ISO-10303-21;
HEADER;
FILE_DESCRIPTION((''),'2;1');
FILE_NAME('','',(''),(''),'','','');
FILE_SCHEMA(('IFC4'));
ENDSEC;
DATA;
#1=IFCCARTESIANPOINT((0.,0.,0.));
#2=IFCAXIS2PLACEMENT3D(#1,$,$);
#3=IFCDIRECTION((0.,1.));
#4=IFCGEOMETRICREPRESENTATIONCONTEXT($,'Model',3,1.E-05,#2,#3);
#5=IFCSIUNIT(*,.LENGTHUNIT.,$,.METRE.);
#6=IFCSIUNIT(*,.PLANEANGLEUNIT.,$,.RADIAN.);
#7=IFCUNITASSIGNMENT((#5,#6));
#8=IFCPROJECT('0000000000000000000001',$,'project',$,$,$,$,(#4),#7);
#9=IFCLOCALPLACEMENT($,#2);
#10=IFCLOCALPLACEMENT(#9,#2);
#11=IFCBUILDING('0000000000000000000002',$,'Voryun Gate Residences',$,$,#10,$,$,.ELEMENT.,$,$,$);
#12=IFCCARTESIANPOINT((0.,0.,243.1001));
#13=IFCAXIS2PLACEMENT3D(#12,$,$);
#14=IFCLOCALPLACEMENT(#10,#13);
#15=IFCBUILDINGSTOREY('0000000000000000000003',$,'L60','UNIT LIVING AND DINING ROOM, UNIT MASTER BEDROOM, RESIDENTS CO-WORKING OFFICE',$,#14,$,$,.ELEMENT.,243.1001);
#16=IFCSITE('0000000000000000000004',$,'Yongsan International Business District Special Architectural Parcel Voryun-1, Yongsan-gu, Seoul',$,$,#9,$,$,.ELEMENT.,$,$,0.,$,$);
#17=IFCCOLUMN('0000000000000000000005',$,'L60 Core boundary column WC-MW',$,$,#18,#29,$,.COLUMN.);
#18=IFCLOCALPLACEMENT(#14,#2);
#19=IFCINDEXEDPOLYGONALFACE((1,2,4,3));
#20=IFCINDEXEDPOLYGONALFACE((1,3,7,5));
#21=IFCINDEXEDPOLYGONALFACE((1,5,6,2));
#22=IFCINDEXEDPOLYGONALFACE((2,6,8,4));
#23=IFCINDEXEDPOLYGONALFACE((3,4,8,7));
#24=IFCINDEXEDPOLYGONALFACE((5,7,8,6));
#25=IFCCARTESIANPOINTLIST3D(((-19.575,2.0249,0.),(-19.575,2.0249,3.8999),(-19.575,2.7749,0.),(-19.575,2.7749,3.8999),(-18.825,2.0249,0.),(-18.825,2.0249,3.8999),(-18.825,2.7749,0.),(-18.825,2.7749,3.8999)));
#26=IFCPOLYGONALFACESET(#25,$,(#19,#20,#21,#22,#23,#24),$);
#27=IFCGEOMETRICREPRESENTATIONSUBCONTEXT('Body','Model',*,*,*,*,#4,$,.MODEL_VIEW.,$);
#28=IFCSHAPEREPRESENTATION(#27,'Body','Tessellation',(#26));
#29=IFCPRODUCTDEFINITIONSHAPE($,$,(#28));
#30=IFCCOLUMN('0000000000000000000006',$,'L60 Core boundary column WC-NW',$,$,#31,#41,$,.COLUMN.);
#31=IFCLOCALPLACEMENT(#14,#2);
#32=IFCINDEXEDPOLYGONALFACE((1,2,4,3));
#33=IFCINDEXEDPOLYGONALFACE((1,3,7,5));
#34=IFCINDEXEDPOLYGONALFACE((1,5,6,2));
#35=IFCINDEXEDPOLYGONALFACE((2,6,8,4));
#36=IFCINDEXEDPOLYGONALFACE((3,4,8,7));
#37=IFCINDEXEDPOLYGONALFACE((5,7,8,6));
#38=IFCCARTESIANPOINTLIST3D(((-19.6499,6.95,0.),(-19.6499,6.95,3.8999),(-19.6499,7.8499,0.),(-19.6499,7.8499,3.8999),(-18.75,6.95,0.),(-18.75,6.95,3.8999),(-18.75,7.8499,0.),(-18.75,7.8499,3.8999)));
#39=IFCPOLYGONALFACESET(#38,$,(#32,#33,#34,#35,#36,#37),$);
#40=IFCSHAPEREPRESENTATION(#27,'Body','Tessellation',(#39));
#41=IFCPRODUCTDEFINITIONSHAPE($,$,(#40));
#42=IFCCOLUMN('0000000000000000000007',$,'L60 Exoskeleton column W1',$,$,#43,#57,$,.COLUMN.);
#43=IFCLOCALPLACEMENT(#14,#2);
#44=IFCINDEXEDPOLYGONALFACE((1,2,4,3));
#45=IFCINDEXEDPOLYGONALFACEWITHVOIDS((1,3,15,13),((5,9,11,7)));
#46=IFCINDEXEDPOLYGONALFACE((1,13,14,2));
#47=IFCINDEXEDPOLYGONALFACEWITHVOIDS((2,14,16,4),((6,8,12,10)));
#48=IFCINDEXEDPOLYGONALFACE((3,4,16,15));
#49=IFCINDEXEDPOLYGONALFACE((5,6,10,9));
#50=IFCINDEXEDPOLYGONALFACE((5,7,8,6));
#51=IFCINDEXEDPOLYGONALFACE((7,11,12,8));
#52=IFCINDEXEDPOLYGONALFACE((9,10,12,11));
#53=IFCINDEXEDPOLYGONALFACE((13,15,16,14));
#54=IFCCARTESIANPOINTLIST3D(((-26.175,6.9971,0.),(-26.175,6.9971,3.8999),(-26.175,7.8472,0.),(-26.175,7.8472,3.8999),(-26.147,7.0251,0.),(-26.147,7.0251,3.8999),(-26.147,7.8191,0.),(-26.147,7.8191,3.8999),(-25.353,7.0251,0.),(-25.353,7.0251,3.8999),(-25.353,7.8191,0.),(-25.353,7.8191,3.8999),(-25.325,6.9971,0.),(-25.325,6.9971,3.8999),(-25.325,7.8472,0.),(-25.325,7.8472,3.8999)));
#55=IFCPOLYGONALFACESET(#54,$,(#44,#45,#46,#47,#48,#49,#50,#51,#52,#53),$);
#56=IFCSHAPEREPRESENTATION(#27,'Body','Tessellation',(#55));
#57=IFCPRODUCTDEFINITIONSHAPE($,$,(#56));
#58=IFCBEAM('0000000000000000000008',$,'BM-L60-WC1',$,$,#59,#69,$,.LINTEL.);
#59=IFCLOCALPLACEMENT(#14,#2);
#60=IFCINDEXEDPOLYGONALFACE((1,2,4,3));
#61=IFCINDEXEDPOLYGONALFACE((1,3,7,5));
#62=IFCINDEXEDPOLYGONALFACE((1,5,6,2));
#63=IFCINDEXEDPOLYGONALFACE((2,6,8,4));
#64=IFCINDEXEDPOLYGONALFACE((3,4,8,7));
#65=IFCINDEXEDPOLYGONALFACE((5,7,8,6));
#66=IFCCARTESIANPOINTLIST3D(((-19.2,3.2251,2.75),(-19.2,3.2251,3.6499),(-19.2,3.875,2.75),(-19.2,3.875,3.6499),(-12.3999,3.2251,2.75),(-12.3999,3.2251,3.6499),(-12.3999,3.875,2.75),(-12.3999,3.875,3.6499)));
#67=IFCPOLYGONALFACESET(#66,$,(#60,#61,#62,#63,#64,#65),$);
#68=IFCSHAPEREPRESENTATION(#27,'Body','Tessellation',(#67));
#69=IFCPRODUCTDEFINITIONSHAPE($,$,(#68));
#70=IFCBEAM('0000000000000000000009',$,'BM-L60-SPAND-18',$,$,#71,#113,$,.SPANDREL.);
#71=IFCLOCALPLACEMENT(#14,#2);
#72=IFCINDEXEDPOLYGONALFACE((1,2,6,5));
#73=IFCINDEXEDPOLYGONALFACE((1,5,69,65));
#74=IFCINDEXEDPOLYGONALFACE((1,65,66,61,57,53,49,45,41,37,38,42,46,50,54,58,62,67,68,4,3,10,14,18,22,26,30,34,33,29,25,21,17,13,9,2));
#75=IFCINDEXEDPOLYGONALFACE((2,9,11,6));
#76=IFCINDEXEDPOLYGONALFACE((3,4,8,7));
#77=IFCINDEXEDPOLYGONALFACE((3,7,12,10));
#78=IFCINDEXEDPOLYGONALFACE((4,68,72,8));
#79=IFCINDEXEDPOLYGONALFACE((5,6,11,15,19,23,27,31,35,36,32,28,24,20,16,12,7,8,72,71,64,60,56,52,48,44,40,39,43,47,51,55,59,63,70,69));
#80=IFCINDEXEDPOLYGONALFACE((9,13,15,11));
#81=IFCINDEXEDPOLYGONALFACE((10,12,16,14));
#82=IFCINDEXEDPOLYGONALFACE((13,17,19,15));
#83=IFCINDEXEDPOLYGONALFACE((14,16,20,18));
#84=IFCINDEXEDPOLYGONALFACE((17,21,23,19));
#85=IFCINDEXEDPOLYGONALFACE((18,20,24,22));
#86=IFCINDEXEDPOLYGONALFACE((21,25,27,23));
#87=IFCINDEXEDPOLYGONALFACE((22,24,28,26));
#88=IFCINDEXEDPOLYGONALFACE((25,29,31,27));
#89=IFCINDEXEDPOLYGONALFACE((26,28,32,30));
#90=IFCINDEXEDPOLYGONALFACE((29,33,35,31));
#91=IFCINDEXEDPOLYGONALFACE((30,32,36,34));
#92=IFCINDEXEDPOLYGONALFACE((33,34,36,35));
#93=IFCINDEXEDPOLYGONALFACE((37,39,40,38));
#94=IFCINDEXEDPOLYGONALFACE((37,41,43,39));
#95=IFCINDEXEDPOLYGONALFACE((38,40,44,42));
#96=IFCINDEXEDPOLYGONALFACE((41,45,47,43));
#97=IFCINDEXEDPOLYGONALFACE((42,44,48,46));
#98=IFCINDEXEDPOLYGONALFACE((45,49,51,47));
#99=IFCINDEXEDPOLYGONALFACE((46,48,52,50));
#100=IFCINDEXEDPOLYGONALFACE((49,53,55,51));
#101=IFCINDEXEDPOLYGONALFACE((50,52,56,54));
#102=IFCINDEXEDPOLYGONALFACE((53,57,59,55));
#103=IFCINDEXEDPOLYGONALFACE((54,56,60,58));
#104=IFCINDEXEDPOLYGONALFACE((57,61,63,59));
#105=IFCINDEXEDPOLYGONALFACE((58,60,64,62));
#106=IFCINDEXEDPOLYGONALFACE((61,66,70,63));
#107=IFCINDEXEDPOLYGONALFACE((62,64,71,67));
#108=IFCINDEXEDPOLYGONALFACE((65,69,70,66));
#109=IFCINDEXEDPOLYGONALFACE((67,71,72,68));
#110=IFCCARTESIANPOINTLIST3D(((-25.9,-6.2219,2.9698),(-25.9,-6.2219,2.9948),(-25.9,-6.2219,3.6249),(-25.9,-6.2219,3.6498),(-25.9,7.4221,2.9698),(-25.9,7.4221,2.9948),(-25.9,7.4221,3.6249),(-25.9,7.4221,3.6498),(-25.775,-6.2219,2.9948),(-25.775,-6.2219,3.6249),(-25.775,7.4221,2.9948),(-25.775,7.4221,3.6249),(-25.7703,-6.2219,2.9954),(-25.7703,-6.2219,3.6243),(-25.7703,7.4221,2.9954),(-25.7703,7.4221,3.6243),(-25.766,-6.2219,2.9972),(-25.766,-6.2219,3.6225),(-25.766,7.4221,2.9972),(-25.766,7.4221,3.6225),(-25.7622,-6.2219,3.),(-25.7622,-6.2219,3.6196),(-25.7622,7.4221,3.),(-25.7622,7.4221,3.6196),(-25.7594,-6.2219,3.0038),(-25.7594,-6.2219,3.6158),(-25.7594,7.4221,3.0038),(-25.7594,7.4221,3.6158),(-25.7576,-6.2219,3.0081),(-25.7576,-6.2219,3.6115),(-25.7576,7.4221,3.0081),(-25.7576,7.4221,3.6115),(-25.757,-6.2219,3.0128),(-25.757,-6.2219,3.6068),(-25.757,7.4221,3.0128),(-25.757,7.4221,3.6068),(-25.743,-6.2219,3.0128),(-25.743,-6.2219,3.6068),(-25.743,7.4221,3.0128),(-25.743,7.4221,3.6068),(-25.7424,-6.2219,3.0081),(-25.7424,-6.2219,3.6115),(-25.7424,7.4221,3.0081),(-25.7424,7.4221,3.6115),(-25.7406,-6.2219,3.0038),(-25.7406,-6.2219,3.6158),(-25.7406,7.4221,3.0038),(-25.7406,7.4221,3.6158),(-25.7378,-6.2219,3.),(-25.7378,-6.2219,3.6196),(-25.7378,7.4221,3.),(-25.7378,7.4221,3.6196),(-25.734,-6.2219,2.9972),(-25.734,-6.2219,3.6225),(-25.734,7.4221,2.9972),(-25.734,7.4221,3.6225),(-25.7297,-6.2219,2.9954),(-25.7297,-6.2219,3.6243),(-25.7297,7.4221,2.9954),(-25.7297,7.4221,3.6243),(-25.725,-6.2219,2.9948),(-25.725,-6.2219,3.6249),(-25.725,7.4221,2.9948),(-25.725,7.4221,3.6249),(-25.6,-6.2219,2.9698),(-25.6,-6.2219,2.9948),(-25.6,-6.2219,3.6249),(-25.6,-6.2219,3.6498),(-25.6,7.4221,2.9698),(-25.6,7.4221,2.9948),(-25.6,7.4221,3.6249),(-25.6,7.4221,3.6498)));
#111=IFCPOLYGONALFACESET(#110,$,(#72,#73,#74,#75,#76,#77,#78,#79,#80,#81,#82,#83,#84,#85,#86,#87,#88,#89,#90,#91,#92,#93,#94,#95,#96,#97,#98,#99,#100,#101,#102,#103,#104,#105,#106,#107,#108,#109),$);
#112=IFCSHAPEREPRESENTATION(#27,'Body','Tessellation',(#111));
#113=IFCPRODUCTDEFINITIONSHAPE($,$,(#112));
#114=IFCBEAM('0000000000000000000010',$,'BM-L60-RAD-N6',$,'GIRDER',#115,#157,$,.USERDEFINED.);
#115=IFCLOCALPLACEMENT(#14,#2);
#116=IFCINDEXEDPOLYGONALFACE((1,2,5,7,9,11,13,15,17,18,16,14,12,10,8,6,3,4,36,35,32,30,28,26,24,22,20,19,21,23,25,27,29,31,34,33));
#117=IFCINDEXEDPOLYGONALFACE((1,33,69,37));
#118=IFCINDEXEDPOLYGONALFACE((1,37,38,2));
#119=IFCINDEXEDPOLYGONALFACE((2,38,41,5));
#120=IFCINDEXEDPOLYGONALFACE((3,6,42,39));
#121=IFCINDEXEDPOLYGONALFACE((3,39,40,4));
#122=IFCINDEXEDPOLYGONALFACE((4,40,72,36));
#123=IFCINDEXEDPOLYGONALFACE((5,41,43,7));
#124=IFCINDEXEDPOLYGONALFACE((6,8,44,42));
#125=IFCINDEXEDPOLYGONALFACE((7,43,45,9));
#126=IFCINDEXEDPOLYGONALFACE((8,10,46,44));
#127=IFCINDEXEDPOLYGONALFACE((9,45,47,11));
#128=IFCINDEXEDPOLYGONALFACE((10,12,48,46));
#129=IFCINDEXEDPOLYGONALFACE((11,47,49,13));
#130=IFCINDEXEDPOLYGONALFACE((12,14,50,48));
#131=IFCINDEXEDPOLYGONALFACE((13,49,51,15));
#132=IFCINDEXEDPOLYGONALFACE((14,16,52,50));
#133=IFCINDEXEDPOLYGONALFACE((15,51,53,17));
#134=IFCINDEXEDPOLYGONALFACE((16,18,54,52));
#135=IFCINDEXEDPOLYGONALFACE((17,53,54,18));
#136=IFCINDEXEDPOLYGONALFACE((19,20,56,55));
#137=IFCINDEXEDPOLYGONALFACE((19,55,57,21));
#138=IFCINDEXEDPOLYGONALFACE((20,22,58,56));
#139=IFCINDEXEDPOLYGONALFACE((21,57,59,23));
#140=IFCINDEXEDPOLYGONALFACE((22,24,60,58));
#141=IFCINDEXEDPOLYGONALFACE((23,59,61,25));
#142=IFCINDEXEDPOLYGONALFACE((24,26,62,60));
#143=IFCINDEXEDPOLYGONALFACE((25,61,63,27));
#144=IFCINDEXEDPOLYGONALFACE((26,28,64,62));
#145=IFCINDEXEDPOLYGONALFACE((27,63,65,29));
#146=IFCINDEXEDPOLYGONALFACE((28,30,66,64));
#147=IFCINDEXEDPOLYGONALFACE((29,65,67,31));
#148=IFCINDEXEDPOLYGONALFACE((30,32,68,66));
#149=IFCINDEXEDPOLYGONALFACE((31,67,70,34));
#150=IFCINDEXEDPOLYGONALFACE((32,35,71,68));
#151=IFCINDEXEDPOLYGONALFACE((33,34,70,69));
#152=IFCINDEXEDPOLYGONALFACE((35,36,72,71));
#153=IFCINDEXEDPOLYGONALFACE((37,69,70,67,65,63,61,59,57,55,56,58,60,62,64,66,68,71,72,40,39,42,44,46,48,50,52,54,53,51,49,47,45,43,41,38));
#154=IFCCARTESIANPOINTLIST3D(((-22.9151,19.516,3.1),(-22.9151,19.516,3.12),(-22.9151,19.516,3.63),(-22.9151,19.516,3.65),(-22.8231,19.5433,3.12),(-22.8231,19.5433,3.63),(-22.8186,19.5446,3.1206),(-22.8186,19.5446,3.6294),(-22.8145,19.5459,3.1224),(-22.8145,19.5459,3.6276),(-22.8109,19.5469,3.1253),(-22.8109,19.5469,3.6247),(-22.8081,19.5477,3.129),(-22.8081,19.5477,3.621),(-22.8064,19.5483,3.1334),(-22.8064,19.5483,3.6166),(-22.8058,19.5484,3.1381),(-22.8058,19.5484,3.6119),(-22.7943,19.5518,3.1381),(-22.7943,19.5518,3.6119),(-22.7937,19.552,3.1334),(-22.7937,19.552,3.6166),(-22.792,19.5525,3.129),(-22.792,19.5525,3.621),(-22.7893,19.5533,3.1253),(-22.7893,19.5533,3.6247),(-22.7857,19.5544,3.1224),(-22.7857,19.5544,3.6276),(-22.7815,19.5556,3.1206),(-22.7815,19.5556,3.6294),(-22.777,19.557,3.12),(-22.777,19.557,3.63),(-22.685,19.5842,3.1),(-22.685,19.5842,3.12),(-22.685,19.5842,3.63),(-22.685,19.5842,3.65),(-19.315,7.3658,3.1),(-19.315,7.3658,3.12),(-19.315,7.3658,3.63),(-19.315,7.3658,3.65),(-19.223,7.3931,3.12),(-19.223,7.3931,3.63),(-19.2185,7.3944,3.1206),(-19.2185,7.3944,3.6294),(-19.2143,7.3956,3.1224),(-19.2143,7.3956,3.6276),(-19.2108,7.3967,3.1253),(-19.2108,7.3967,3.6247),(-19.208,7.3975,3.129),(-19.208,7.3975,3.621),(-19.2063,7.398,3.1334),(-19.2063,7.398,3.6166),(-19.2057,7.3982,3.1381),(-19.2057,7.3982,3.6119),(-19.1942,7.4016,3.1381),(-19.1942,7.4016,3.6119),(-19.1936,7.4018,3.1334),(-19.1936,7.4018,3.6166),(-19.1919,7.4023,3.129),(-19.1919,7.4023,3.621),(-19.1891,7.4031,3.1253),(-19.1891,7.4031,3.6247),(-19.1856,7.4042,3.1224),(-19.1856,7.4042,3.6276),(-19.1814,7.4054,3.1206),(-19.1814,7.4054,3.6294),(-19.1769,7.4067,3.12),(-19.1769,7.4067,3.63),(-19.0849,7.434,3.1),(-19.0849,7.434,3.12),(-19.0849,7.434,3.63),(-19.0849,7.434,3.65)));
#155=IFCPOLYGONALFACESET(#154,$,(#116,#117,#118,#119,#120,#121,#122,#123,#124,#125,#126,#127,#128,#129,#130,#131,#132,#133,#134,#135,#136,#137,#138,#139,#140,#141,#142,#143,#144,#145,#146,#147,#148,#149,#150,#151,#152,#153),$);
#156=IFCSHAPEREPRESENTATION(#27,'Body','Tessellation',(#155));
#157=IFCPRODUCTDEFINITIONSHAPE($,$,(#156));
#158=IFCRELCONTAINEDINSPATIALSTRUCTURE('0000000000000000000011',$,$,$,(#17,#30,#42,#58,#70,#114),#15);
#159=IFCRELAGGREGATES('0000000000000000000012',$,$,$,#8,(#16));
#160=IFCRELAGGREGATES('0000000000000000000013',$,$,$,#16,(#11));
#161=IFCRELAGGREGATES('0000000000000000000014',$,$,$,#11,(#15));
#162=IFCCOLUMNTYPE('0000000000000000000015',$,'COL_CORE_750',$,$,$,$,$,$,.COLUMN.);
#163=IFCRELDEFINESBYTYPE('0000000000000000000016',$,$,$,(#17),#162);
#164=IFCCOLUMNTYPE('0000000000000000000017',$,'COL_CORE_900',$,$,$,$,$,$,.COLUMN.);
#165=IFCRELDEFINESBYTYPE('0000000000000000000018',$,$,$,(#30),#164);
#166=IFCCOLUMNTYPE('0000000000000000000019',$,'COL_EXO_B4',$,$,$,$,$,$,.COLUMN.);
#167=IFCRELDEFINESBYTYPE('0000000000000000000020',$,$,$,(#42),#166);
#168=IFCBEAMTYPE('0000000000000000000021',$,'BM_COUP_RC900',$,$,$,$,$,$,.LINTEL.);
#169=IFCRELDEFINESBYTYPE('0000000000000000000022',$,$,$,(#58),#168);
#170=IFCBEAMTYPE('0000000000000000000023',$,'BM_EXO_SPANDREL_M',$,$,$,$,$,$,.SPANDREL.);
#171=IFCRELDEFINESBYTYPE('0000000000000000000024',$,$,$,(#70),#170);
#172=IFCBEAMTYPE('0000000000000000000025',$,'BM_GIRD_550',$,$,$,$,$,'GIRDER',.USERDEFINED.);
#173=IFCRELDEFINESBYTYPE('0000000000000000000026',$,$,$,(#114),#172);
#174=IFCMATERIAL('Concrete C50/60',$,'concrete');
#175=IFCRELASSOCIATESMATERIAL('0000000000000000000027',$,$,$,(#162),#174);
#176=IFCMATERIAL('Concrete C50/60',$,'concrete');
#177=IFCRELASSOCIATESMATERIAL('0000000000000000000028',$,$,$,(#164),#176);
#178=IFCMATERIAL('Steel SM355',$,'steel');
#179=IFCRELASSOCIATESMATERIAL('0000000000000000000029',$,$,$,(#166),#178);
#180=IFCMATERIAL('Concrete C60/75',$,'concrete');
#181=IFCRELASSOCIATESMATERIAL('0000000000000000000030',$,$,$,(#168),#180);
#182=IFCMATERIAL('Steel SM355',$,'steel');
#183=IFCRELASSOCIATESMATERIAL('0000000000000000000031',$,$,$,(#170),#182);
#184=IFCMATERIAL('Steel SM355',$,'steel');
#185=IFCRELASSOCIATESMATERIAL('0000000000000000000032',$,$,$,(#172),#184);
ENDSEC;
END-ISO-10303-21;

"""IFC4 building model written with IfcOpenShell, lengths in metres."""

from ifc_helpers import new_model, si_unit, direction, frame, origin, origin_2d, place, context, subcontext, project, spatial, rectangle, hollow_rectangle, i_section, extrude, material, material_profile, profile_set, type_object, element, save


model = new_model("IFC4")

# Units and contexts
model_context = context("Model", 3, precision=1e-05, world=origin(), true_north=direction((0.0, 1.0)))
body_context = subcontext(model_context, "Body", "Model", "MODEL_VIEW")
ifc_project = project(units=[si_unit("LENGTHUNIT", "METRE"), si_unit("PLANEANGLEUNIT", "RADIAN")], contexts=[model_context])

# Site, building, storey
site_placement = place(None, origin())
site = spatial("IfcSite", under=ifc_project, at=site_placement, Name="Yongsan International Business District Special Architectural Parcel Voryun-1, Yongsan-gu, Seoul", CompositionType="ELEMENT", RefElevation=0.0)
building_placement = place(site_placement, origin())
building = spatial("IfcBuilding", under=site, at=building_placement, Name="Voryun Gate Residences", CompositionType="ELEMENT")
storey_placement = place(building_placement, frame((0.0, 0.0, 243.1001)))
storey = spatial("IfcBuildingStorey", under=building, at=storey_placement, Name="L60", Description="UNIT LIVING AND DINING ROOM, UNIT MASTER BEDROOM, RESIDENTS CO-WORKING OFFICE", CompositionType="ELEMENT", Elevation=243.1001)

# Columns
ifc_material_1 = material(Name="Concrete C50/60", Category="concrete")
ifc_material_profile_1 = material_profile(ifc_material_1, rectangle(XDim=0.75, YDim=0.75, at=origin_2d()), Name="RC-750x750")
ifc_profile_set_1 = profile_set([ifc_material_profile_1], Name="Concrete C50/60")
column_type_1 = type_object("IfcColumnType", Name="COL_CORE_750", PredefinedType="COLUMN", material=ifc_profile_set_1)
column_1_placement = place(storey_placement, frame((-19.2, 2.3999, 0.0), z_axis=(0.0, 0.0, 1.0), x_axis=(1.0, 0.0, 0.0)))
element("IfcColumn", 1, at=column_1_placement, inside=storey, type_object=column_type_1, Name="L60 Core boundary column WC-MW", PredefinedType="COLUMN", context=body_context, shape_type="SweptSolid", body=[
    extrude(rectangle(XDim=0.75, YDim=0.75, at=origin_2d()), origin(), (0.0, 0.0, 1.0), 3.8999),
])
ifc_material_2 = material(Name="Concrete C50/60", Category="concrete")
ifc_material_profile_2 = material_profile(ifc_material_2, rectangle(XDim=0.8999, YDim=0.8999, at=origin_2d()), Name="RC-900x900")
ifc_profile_set_2 = profile_set([ifc_material_profile_2], Name="Concrete C50/60")
column_type_2 = type_object("IfcColumnType", Name="COL_CORE_900", PredefinedType="COLUMN", material=ifc_profile_set_2)
column_2_placement = place(storey_placement, frame((-19.2, 7.3999, 0.0), z_axis=(0.0, 0.0, 1.0), x_axis=(1.0, 0.0, 0.0)))
element("IfcColumn", 2, at=column_2_placement, inside=storey, type_object=column_type_2, Name="L60 Core boundary column WC-NW", PredefinedType="COLUMN", context=body_context, shape_type="SweptSolid", body=[
    extrude(rectangle(XDim=0.8999, YDim=0.8999, at=origin_2d()), origin(), (0.0, 0.0, 1.0), 3.8999),
])
ifc_material_3 = material(Name="Steel SM355", Category="steel")
ifc_material_profile_3 = material_profile(ifc_material_3, hollow_rectangle(XDim=0.8501, YDim=0.8501, WallThickness=0.0281, at=origin_2d()), Name="BOX-850x850x28")
ifc_profile_set_3 = profile_set([ifc_material_profile_3], Name="Steel SM355")
column_type_3 = type_object("IfcColumnType", Name="COL_EXO_B4", PredefinedType="COLUMN", material=ifc_profile_set_3)
column_3_placement = place(storey_placement, frame((-25.75, 7.4221, 0.0), z_axis=(0.0, 0.0, 1.0), x_axis=(1.0, 0.0, 0.0)))
element("IfcColumn", 3, at=column_3_placement, inside=storey, type_object=column_type_3, Name="L60 Exoskeleton column W1", PredefinedType="COLUMN", context=body_context, shape_type="SweptSolid", body=[
    extrude(hollow_rectangle(XDim=0.8501, YDim=0.8501, WallThickness=0.0281, at=origin_2d()), origin(), (0.0, 0.0, 1.0), 3.8999),
])

# Beams
ifc_material_4 = material(Name="Concrete C60/75", Category="concrete")
ifc_material_profile_4 = material_profile(ifc_material_4, rectangle(XDim=0.6499, YDim=0.8999, at=origin_2d()), Name="RC-650x900")
ifc_profile_set_4 = profile_set([ifc_material_profile_4], Name="Concrete C60/75")
beam_type_1 = type_object("IfcBeamType", Name="BM_COUP_RC900", PredefinedType="LINTEL", material=ifc_profile_set_4)
beam_1_placement = place(storey_placement, frame((-19.2, 3.55, 3.2), z_axis=(1.0, 0.0, 0.0), x_axis=(0.0, 1.0, 0.0)))
element("IfcBeam", 4, at=beam_1_placement, inside=storey, type_object=beam_type_1, Name="BM-L60-WC1", PredefinedType="LINTEL", context=body_context, shape_type="SweptSolid", body=[
    extrude(rectangle(XDim=0.6499, YDim=0.8999, at=origin_2d()), origin(), (0.0, 0.0, 1.0), 6.8),
])
ifc_material_5 = material(Name="Steel SM355", Category="steel")
ifc_material_profile_5 = material_profile(ifc_material_5, i_section(OverallWidth=0.3, OverallDepth=0.6799, WebThickness=0.0139, FlangeThickness=0.0249, FilletRadius=0.0181, at=origin_2d()), Name="H-680x300x14x25")
ifc_profile_set_5 = profile_set([ifc_material_profile_5], Name="Steel SM355")
beam_type_2 = type_object("IfcBeamType", Name="BM_EXO_SPANDREL_M", PredefinedType="SPANDREL", material=ifc_profile_set_5)
beam_2_placement = place(storey_placement, frame((-25.75, 7.4221, 3.3098), z_axis=(0.0, -1.0, 0.0), x_axis=(1.0, 0.0, 0.0)))
element("IfcBeam", 5, at=beam_2_placement, inside=storey, type_object=beam_type_2, Name="BM-L60-SPAND-18", PredefinedType="SPANDREL", context=body_context, shape_type="SweptSolid", body=[
    extrude(i_section(OverallWidth=0.3, OverallDepth=0.6799, WebThickness=0.0139, FlangeThickness=0.0249, FilletRadius=0.0181, at=origin_2d()), origin(), (0.0, 0.0, 1.0), 13.644),
])
ifc_material_6 = material(Name="Steel SM355", Category="steel")
ifc_material_profile_6 = material_profile(ifc_material_6, i_section(OverallWidth=0.24, OverallDepth=0.55, WebThickness=0.012, FlangeThickness=0.02, FilletRadius=0.0181, at=origin_2d()), Name="H-550x240x12x20")
ifc_profile_set_6 = profile_set([ifc_material_profile_6], Name="Steel SM355")
beam_type_3 = type_object("IfcBeamType", Name="BM_GIRD_550", ElementType="GIRDER", PredefinedType="USERDEFINED", material=ifc_profile_set_6)
beam_3_placement = place(storey_placement, frame((-19.2, 7.3999, 3.375), z_axis=(-0.284092, 0.958797, 0.0), x_axis=(-0.958797, -0.284092, 0.0)))
element("IfcBeam", 6, at=beam_3_placement, inside=storey, type_object=beam_type_3, Name="BM-L60-RAD-N6", ObjectType="GIRDER", PredefinedType="USERDEFINED", context=body_context, shape_type="SweptSolid", body=[
    extrude(i_section(OverallWidth=0.24, OverallDepth=0.55, WebThickness=0.012, FlangeThickness=0.02, FilletRadius=0.0181, at=origin_2d()), origin(), (0.0, 0.0, 1.0), 12.6724),
])

save(model, "model.ifc")
